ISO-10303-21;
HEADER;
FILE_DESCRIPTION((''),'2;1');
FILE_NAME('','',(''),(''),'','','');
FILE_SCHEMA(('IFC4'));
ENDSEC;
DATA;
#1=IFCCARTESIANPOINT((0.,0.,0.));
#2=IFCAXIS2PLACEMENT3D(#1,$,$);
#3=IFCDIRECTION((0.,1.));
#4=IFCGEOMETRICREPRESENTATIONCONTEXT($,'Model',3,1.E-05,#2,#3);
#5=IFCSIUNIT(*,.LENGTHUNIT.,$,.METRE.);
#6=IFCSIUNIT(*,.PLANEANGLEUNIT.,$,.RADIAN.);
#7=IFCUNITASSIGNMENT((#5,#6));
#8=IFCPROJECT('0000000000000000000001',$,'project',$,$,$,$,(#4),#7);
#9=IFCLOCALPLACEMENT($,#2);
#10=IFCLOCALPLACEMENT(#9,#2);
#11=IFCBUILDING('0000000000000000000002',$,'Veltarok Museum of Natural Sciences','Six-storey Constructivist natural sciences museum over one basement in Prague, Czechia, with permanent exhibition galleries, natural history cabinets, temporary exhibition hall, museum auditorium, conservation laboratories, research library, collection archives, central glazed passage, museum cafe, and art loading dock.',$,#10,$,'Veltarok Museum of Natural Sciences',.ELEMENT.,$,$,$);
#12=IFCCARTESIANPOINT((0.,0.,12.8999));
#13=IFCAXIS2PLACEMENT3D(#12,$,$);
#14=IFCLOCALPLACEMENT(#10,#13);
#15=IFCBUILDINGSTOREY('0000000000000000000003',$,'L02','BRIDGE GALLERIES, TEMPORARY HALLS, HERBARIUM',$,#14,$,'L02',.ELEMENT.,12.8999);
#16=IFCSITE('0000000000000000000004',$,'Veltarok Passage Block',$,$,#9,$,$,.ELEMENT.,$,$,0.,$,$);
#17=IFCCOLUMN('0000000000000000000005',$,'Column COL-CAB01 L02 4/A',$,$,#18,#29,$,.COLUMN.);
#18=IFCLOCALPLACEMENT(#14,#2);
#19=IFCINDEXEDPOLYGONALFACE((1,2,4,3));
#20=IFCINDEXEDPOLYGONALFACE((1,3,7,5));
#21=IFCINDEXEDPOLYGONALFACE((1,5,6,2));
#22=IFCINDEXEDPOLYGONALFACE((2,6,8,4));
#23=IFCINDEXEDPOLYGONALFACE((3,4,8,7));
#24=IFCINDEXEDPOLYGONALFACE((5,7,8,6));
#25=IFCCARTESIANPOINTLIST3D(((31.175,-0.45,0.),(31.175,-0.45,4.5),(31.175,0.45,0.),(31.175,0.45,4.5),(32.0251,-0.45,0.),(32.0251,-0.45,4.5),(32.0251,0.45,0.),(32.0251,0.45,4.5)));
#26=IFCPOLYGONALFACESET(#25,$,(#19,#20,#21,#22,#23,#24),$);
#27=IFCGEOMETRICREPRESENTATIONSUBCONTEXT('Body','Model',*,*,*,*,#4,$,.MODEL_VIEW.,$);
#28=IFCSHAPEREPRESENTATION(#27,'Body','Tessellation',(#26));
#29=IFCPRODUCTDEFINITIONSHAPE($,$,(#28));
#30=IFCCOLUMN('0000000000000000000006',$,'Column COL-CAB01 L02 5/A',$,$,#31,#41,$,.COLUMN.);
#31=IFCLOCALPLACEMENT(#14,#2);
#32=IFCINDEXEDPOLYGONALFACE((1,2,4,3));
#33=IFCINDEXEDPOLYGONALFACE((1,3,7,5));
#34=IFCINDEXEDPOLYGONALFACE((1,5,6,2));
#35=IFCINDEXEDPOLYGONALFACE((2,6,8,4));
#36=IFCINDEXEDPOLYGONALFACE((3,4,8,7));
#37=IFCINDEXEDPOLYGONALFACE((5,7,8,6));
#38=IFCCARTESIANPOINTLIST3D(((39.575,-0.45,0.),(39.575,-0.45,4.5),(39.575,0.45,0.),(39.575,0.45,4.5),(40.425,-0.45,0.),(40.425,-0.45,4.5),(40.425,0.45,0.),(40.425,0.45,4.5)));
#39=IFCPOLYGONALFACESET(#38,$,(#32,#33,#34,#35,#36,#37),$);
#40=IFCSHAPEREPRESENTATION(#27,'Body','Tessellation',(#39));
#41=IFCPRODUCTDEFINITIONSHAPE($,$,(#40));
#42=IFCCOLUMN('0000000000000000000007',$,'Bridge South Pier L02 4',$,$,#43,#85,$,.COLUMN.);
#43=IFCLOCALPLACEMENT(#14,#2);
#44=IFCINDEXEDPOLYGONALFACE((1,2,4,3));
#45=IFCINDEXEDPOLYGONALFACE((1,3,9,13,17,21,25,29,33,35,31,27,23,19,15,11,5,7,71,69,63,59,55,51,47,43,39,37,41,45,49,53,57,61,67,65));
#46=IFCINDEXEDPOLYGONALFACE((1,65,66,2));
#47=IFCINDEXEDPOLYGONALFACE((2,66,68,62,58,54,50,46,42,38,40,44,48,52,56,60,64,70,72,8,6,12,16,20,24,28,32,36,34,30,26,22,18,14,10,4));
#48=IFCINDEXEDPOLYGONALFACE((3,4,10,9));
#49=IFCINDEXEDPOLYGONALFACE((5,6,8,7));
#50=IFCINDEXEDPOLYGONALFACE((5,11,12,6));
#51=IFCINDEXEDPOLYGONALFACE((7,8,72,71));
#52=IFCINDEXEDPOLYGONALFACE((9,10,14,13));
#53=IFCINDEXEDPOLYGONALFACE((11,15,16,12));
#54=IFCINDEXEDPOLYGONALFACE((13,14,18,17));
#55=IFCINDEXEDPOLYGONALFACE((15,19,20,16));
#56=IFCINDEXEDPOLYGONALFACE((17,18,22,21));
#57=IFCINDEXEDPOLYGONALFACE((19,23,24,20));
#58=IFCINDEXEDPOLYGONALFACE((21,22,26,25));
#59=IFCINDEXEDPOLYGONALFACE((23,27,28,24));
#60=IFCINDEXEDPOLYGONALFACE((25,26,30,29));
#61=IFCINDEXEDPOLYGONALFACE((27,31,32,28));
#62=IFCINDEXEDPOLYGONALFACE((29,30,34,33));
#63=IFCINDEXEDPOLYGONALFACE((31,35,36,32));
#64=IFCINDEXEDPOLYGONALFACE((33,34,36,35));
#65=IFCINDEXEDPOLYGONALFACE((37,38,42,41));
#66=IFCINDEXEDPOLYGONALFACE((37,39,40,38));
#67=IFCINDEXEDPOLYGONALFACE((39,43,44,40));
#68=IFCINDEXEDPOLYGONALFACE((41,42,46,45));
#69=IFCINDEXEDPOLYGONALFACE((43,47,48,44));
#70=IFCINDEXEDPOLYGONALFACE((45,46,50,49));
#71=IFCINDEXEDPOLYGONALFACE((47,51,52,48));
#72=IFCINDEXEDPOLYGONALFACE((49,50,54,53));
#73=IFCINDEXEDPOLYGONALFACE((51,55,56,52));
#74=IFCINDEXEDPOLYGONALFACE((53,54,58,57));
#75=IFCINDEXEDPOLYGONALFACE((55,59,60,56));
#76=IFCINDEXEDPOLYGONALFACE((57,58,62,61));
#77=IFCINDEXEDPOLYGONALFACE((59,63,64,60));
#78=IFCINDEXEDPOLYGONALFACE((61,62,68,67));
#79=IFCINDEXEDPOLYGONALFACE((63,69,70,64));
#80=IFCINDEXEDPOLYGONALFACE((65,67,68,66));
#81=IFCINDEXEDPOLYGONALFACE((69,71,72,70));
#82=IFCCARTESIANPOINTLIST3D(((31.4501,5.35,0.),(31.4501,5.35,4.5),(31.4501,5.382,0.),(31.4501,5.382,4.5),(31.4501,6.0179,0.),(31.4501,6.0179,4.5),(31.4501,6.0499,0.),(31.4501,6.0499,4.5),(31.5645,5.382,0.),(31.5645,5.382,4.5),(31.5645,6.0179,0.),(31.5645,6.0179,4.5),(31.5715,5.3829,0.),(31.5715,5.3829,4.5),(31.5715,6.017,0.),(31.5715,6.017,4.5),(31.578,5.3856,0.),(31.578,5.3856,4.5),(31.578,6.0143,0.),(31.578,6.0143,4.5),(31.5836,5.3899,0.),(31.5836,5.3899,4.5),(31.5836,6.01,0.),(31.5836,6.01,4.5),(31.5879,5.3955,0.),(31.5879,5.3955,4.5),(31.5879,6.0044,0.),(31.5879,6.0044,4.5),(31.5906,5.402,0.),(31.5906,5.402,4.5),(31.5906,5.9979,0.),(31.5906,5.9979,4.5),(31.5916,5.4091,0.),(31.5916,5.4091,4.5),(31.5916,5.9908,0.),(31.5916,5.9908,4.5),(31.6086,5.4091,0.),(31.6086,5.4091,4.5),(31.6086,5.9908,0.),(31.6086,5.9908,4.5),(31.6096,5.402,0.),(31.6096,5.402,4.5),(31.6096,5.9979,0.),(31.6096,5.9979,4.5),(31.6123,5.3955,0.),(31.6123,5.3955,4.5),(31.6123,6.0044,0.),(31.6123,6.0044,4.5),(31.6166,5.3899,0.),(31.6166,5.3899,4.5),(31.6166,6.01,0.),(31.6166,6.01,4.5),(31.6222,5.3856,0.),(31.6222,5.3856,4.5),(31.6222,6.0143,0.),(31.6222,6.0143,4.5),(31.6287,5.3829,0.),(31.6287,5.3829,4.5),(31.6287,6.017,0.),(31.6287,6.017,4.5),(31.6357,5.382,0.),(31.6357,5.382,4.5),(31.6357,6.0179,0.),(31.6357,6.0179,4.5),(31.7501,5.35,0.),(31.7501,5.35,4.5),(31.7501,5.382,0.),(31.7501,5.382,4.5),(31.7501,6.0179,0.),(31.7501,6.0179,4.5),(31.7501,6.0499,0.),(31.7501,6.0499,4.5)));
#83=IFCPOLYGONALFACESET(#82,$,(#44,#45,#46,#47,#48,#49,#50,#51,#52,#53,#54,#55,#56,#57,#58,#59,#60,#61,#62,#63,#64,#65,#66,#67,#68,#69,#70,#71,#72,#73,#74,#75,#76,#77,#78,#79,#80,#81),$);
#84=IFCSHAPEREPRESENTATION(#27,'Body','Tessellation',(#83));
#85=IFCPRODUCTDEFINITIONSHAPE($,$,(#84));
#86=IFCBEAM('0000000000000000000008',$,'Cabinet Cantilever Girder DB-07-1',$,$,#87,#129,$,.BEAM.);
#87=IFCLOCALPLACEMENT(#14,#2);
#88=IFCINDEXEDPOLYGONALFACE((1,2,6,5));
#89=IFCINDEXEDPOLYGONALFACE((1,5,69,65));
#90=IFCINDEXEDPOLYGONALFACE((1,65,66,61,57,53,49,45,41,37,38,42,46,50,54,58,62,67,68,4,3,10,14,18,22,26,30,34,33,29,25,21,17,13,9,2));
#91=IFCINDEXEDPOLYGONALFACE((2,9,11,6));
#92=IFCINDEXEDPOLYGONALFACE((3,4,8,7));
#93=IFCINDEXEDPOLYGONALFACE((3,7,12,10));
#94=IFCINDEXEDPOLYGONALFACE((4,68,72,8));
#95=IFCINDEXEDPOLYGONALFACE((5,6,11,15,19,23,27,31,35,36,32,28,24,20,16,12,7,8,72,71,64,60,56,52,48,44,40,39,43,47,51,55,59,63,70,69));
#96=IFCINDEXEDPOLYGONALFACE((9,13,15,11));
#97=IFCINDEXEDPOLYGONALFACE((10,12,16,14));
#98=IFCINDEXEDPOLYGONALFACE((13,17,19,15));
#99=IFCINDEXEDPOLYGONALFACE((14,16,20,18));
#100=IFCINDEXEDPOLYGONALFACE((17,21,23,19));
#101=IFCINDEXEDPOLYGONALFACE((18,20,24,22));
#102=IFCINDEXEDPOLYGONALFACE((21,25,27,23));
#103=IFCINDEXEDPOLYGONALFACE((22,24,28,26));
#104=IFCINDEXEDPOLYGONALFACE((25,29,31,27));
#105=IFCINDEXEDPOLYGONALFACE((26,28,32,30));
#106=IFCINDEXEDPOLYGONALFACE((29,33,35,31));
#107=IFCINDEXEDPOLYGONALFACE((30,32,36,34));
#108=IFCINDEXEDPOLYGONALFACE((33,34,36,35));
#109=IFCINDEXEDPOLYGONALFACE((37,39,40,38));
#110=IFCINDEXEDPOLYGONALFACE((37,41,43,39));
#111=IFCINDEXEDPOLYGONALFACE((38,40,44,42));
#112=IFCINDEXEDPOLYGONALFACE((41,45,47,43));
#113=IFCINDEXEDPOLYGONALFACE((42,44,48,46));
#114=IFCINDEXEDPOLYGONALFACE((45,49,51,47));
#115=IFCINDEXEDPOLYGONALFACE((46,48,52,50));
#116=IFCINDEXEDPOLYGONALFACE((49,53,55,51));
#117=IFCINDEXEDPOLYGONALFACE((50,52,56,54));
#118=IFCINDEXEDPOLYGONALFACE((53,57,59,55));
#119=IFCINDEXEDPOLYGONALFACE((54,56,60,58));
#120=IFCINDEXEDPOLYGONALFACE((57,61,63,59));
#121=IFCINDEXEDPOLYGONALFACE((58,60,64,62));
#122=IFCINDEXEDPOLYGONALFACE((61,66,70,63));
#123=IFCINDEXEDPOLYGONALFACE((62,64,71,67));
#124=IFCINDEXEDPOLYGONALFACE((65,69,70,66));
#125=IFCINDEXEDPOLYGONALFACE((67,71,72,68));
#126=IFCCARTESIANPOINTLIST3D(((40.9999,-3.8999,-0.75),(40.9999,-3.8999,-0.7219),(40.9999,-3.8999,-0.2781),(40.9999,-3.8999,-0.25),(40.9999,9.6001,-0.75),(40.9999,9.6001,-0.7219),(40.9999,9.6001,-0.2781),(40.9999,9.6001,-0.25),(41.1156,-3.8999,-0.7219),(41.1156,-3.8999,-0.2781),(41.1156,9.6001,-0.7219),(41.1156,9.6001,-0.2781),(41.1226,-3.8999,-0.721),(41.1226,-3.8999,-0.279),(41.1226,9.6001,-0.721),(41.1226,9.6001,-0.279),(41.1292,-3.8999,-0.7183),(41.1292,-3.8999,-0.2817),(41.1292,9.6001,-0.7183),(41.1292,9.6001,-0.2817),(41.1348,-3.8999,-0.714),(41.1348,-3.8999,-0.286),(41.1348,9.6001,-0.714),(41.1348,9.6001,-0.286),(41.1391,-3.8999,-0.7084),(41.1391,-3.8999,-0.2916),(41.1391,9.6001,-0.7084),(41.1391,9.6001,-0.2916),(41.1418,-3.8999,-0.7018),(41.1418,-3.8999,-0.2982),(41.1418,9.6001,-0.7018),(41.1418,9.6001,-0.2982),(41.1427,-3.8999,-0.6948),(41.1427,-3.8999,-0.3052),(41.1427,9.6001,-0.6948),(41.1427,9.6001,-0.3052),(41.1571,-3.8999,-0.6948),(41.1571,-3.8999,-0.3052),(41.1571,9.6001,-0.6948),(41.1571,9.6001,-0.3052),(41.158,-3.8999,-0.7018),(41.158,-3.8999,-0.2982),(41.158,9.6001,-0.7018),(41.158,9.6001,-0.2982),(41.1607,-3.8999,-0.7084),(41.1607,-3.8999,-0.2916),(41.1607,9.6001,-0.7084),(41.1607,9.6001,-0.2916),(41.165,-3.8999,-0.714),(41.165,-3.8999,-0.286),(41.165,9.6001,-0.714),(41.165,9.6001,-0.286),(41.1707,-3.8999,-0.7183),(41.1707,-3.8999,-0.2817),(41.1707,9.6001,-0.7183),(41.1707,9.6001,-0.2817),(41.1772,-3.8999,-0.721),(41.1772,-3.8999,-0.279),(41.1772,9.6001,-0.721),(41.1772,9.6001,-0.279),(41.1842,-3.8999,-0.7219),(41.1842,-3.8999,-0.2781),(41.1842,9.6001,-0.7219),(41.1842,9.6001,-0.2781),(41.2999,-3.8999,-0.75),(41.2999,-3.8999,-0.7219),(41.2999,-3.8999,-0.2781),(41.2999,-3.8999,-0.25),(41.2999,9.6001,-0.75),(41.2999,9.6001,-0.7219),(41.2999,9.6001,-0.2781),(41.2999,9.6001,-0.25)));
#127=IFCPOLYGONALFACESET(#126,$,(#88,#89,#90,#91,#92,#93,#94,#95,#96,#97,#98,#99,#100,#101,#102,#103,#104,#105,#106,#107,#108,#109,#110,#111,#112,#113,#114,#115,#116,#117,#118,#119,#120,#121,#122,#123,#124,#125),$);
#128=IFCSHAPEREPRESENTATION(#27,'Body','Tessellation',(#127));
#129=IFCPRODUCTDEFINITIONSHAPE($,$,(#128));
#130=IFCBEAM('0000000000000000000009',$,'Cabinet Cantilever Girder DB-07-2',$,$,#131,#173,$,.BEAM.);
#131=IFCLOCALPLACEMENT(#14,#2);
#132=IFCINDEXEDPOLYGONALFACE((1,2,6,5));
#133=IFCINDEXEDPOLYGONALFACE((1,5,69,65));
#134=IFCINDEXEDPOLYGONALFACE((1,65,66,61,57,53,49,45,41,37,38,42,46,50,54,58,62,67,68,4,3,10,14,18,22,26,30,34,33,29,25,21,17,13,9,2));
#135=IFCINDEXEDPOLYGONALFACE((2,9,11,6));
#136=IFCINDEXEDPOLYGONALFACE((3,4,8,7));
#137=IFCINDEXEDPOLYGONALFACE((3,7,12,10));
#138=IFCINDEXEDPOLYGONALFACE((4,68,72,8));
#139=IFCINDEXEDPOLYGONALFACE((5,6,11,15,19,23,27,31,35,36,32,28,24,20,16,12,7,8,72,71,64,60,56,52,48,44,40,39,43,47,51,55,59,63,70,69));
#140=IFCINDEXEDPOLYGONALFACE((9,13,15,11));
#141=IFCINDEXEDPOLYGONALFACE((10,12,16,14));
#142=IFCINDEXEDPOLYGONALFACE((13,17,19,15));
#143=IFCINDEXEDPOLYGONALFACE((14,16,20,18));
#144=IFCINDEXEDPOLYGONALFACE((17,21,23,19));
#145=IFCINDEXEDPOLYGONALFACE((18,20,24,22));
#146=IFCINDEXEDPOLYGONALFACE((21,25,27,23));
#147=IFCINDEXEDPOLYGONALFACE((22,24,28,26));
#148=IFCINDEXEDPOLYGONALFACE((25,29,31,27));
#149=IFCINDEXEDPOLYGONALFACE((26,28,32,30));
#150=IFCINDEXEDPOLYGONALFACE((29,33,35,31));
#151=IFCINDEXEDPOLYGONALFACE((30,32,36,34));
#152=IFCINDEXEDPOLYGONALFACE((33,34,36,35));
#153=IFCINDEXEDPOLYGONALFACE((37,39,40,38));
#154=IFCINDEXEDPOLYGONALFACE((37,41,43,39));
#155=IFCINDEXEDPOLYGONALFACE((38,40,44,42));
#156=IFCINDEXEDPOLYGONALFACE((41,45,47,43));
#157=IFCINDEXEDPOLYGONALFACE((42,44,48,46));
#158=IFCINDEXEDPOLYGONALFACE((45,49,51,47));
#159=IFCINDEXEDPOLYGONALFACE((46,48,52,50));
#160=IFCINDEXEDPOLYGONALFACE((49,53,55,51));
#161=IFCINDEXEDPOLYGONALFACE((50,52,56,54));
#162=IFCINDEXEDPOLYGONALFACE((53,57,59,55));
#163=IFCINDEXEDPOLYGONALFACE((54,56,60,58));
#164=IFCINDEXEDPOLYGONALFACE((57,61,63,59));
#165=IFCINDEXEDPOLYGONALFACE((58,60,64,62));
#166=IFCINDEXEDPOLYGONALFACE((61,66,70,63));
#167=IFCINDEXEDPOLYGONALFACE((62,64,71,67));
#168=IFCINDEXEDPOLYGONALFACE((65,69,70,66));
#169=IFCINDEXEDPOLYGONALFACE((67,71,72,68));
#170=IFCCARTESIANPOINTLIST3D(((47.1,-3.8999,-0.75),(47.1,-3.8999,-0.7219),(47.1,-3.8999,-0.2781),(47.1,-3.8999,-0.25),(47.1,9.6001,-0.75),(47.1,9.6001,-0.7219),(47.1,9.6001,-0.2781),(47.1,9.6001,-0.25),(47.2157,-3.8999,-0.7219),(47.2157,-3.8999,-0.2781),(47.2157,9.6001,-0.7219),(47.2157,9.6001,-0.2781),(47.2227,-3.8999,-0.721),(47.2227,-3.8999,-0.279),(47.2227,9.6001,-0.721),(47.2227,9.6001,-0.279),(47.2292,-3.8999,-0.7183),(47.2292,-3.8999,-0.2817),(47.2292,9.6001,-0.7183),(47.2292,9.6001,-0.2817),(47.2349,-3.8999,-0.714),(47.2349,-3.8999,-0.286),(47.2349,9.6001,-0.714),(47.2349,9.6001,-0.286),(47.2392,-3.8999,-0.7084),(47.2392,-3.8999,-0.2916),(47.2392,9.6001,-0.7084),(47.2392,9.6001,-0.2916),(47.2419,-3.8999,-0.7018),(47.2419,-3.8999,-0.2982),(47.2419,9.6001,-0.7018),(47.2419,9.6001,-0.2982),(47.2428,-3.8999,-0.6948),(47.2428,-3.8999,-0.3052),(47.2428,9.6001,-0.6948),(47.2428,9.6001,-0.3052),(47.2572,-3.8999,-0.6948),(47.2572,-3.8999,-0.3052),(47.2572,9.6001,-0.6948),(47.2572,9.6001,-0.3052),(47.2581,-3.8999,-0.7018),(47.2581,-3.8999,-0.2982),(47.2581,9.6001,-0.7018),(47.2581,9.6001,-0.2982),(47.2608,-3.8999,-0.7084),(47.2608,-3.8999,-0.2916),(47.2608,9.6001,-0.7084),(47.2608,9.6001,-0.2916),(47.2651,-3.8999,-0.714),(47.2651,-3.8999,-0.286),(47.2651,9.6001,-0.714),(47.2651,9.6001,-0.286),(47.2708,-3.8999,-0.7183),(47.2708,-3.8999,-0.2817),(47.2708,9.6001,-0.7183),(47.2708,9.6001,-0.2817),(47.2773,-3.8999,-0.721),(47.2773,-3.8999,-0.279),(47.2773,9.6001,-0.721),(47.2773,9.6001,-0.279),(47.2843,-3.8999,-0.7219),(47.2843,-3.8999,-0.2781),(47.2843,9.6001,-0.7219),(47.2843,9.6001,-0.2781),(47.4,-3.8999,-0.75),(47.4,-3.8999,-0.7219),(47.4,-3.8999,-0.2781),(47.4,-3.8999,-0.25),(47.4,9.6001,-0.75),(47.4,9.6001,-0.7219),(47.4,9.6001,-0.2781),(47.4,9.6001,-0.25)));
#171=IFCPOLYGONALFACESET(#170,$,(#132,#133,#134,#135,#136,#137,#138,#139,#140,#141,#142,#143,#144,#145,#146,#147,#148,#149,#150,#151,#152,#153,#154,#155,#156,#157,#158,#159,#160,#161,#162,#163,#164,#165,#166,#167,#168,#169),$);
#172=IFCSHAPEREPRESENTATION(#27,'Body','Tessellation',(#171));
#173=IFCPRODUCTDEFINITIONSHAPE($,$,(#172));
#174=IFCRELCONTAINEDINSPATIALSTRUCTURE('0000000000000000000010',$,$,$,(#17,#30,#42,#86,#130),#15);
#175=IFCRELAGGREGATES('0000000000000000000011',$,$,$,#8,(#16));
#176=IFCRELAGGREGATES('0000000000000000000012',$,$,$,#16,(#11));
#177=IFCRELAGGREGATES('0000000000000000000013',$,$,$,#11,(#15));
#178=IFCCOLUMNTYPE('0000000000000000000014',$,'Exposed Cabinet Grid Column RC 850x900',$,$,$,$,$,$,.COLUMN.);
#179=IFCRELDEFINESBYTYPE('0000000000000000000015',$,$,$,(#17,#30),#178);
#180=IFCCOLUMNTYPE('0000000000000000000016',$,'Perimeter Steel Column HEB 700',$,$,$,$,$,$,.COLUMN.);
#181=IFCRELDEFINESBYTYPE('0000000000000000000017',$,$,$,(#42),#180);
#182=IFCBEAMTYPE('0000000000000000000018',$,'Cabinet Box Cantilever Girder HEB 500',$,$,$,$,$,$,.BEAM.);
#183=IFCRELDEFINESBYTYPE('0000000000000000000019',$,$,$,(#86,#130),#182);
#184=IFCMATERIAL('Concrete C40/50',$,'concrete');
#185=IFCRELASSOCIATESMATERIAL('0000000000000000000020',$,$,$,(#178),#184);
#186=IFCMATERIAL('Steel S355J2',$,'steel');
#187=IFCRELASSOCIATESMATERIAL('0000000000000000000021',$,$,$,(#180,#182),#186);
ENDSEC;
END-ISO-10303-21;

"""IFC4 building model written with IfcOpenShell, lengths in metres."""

from ifc_helpers import new_model, si_unit, direction, frame, origin, origin_2d, place, context, subcontext, project, spatial, rectangle, i_section, extrude, material, material_profile, profile_set, type_object, element, save


model = new_model("IFC4")

# Units and contexts
model_context = context("Model", 3, precision=1e-05, world=origin(), true_north=direction((0.0, 1.0)))
body_context = subcontext(model_context, "Body", "Model", "MODEL_VIEW")
ifc_project = project(units=[si_unit("LENGTHUNIT", "METRE"), si_unit("PLANEANGLEUNIT", "RADIAN")], contexts=[model_context])

# Site, building, storey
site_placement = place(None, origin())
site = spatial("IfcSite", under=ifc_project, at=site_placement, Name="Veltarok Passage Block", CompositionType="ELEMENT", RefElevation=0.0)
building_placement = place(site_placement, origin())
building = spatial("IfcBuilding", under=site, at=building_placement, Name="Veltarok Museum of Natural Sciences", Description="Six-storey Constructivist natural sciences museum over one basement in Prague, Czechia, with permanent exhibition galleries, natural history cabinets, temporary exhibition hall, museum auditorium, conservation laboratories, research library, collection archives, central glazed passage, museum cafe, and art loading dock.", LongName="Veltarok Museum of Natural Sciences", CompositionType="ELEMENT")
storey_placement = place(building_placement, frame((0.0, 0.0, 12.8999)))
storey = spatial("IfcBuildingStorey", under=building, at=storey_placement, Name="L02", Description="BRIDGE GALLERIES, TEMPORARY HALLS, HERBARIUM", LongName="L02", CompositionType="ELEMENT", Elevation=12.8999)

# Columns
ifc_material_1 = material(Name="Concrete C40/50", Category="concrete")
ifc_material_profile_1 = material_profile(ifc_material_1, rectangle(XDim=0.8501, YDim=0.8999, at=origin_2d()), Name="RC 850x900")
ifc_profile_set_1 = profile_set([ifc_material_profile_1], Name="Concrete C40/50")
column_type_1 = type_object("IfcColumnType", Name="Exposed Cabinet Grid Column RC 850x900", PredefinedType="COLUMN", material=ifc_profile_set_1)
for number, where, z_axis, x_axis, name in (
    (1, (31.6001, 0.0, 0.0), (0.0, 0.0, 1.0), (1.0, 0.0, 0.0), "Column COL-CAB01 L02 4/A"),
    (2, (40.0, 0.0, 0.0), (0.0, 0.0, 1.0), (1.0, 0.0, 0.0), "Column COL-CAB01 L02 5/A"),
):
    element("IfcColumn", number, at=place(storey_placement, frame(where, z_axis=z_axis, x_axis=x_axis)), inside=storey, type_object=column_type_1, Name=name, PredefinedType="COLUMN", context=body_context, shape_type="SweptSolid", body=[
        extrude(rectangle(XDim=0.8501, YDim=0.8999, at=origin_2d()), origin(), (0.0, 0.0, 1.0), 4.5),
    ])
ifc_material_2 = material(Name="Steel S355J2", Category="steel")
ifc_material_profile_2 = material_profile(ifc_material_2, i_section(OverallWidth=0.3, OverallDepth=0.7, WebThickness=0.0171, FlangeThickness=0.032, FilletRadius=0.0271, at=origin_2d()), Name="HEB 700")
ifc_profile_set_2 = profile_set([ifc_material_profile_2], Name="Steel S355J2")
column_type_2 = type_object("IfcColumnType", Name="Perimeter Steel Column HEB 700", PredefinedType="COLUMN", material=ifc_profile_set_2)
column_placement = place(storey_placement, frame((31.6001, 5.7, 0.0), z_axis=(0.0, 0.0, 1.0), x_axis=(1.0, 0.0, 0.0)))
element("IfcColumn", 3, at=column_placement, inside=storey, type_object=column_type_2, Name="Bridge South Pier L02 4", PredefinedType="COLUMN", context=body_context, shape_type="SweptSolid", body=[
    extrude(i_section(OverallWidth=0.3, OverallDepth=0.7, WebThickness=0.0171, FlangeThickness=0.032, FilletRadius=0.0271, at=origin_2d()), origin(), (0.0, 0.0, 1.0), 4.5),
])

# Beams
ifc_material_profile_3 = material_profile(ifc_material_2, i_section(OverallWidth=0.3, OverallDepth=0.5, WebThickness=0.0144, FlangeThickness=0.0281, FilletRadius=0.0271, at=origin_2d()), Name="HEB 500")
ifc_profile_set_3 = profile_set([ifc_material_profile_3], Name="Steel S355J2")
beam_type_1 = type_object("IfcBeamType", Name="Cabinet Box Cantilever Girder HEB 500", PredefinedType="BEAM", material=ifc_profile_set_3)
for number, where, z_axis, x_axis, name in (
    (4, (41.1499, -3.8999, -0.5), (0.0, 1.0, 0.0), (-1.0, 0.0, 0.0), "Cabinet Cantilever Girder DB-07-1"),
    (5, (47.25, -3.8999, -0.5), (0.0, 1.0, 0.0), (-1.0, 0.0, 0.0), "Cabinet Cantilever Girder DB-07-2"),
):
    element("IfcBeam", number, at=place(storey_placement, frame(where, z_axis=z_axis, x_axis=x_axis)), inside=storey, type_object=beam_type_1, Name=name, PredefinedType="BEAM", context=body_context, shape_type="SweptSolid", body=[
        extrude(i_section(OverallWidth=0.3, OverallDepth=0.5, WebThickness=0.0144, FlangeThickness=0.0281, FilletRadius=0.0271, at=origin_2d()), origin(), (0.0, 0.0, 1.0), 13.5),
    ])

save(model, "model.ifc")
